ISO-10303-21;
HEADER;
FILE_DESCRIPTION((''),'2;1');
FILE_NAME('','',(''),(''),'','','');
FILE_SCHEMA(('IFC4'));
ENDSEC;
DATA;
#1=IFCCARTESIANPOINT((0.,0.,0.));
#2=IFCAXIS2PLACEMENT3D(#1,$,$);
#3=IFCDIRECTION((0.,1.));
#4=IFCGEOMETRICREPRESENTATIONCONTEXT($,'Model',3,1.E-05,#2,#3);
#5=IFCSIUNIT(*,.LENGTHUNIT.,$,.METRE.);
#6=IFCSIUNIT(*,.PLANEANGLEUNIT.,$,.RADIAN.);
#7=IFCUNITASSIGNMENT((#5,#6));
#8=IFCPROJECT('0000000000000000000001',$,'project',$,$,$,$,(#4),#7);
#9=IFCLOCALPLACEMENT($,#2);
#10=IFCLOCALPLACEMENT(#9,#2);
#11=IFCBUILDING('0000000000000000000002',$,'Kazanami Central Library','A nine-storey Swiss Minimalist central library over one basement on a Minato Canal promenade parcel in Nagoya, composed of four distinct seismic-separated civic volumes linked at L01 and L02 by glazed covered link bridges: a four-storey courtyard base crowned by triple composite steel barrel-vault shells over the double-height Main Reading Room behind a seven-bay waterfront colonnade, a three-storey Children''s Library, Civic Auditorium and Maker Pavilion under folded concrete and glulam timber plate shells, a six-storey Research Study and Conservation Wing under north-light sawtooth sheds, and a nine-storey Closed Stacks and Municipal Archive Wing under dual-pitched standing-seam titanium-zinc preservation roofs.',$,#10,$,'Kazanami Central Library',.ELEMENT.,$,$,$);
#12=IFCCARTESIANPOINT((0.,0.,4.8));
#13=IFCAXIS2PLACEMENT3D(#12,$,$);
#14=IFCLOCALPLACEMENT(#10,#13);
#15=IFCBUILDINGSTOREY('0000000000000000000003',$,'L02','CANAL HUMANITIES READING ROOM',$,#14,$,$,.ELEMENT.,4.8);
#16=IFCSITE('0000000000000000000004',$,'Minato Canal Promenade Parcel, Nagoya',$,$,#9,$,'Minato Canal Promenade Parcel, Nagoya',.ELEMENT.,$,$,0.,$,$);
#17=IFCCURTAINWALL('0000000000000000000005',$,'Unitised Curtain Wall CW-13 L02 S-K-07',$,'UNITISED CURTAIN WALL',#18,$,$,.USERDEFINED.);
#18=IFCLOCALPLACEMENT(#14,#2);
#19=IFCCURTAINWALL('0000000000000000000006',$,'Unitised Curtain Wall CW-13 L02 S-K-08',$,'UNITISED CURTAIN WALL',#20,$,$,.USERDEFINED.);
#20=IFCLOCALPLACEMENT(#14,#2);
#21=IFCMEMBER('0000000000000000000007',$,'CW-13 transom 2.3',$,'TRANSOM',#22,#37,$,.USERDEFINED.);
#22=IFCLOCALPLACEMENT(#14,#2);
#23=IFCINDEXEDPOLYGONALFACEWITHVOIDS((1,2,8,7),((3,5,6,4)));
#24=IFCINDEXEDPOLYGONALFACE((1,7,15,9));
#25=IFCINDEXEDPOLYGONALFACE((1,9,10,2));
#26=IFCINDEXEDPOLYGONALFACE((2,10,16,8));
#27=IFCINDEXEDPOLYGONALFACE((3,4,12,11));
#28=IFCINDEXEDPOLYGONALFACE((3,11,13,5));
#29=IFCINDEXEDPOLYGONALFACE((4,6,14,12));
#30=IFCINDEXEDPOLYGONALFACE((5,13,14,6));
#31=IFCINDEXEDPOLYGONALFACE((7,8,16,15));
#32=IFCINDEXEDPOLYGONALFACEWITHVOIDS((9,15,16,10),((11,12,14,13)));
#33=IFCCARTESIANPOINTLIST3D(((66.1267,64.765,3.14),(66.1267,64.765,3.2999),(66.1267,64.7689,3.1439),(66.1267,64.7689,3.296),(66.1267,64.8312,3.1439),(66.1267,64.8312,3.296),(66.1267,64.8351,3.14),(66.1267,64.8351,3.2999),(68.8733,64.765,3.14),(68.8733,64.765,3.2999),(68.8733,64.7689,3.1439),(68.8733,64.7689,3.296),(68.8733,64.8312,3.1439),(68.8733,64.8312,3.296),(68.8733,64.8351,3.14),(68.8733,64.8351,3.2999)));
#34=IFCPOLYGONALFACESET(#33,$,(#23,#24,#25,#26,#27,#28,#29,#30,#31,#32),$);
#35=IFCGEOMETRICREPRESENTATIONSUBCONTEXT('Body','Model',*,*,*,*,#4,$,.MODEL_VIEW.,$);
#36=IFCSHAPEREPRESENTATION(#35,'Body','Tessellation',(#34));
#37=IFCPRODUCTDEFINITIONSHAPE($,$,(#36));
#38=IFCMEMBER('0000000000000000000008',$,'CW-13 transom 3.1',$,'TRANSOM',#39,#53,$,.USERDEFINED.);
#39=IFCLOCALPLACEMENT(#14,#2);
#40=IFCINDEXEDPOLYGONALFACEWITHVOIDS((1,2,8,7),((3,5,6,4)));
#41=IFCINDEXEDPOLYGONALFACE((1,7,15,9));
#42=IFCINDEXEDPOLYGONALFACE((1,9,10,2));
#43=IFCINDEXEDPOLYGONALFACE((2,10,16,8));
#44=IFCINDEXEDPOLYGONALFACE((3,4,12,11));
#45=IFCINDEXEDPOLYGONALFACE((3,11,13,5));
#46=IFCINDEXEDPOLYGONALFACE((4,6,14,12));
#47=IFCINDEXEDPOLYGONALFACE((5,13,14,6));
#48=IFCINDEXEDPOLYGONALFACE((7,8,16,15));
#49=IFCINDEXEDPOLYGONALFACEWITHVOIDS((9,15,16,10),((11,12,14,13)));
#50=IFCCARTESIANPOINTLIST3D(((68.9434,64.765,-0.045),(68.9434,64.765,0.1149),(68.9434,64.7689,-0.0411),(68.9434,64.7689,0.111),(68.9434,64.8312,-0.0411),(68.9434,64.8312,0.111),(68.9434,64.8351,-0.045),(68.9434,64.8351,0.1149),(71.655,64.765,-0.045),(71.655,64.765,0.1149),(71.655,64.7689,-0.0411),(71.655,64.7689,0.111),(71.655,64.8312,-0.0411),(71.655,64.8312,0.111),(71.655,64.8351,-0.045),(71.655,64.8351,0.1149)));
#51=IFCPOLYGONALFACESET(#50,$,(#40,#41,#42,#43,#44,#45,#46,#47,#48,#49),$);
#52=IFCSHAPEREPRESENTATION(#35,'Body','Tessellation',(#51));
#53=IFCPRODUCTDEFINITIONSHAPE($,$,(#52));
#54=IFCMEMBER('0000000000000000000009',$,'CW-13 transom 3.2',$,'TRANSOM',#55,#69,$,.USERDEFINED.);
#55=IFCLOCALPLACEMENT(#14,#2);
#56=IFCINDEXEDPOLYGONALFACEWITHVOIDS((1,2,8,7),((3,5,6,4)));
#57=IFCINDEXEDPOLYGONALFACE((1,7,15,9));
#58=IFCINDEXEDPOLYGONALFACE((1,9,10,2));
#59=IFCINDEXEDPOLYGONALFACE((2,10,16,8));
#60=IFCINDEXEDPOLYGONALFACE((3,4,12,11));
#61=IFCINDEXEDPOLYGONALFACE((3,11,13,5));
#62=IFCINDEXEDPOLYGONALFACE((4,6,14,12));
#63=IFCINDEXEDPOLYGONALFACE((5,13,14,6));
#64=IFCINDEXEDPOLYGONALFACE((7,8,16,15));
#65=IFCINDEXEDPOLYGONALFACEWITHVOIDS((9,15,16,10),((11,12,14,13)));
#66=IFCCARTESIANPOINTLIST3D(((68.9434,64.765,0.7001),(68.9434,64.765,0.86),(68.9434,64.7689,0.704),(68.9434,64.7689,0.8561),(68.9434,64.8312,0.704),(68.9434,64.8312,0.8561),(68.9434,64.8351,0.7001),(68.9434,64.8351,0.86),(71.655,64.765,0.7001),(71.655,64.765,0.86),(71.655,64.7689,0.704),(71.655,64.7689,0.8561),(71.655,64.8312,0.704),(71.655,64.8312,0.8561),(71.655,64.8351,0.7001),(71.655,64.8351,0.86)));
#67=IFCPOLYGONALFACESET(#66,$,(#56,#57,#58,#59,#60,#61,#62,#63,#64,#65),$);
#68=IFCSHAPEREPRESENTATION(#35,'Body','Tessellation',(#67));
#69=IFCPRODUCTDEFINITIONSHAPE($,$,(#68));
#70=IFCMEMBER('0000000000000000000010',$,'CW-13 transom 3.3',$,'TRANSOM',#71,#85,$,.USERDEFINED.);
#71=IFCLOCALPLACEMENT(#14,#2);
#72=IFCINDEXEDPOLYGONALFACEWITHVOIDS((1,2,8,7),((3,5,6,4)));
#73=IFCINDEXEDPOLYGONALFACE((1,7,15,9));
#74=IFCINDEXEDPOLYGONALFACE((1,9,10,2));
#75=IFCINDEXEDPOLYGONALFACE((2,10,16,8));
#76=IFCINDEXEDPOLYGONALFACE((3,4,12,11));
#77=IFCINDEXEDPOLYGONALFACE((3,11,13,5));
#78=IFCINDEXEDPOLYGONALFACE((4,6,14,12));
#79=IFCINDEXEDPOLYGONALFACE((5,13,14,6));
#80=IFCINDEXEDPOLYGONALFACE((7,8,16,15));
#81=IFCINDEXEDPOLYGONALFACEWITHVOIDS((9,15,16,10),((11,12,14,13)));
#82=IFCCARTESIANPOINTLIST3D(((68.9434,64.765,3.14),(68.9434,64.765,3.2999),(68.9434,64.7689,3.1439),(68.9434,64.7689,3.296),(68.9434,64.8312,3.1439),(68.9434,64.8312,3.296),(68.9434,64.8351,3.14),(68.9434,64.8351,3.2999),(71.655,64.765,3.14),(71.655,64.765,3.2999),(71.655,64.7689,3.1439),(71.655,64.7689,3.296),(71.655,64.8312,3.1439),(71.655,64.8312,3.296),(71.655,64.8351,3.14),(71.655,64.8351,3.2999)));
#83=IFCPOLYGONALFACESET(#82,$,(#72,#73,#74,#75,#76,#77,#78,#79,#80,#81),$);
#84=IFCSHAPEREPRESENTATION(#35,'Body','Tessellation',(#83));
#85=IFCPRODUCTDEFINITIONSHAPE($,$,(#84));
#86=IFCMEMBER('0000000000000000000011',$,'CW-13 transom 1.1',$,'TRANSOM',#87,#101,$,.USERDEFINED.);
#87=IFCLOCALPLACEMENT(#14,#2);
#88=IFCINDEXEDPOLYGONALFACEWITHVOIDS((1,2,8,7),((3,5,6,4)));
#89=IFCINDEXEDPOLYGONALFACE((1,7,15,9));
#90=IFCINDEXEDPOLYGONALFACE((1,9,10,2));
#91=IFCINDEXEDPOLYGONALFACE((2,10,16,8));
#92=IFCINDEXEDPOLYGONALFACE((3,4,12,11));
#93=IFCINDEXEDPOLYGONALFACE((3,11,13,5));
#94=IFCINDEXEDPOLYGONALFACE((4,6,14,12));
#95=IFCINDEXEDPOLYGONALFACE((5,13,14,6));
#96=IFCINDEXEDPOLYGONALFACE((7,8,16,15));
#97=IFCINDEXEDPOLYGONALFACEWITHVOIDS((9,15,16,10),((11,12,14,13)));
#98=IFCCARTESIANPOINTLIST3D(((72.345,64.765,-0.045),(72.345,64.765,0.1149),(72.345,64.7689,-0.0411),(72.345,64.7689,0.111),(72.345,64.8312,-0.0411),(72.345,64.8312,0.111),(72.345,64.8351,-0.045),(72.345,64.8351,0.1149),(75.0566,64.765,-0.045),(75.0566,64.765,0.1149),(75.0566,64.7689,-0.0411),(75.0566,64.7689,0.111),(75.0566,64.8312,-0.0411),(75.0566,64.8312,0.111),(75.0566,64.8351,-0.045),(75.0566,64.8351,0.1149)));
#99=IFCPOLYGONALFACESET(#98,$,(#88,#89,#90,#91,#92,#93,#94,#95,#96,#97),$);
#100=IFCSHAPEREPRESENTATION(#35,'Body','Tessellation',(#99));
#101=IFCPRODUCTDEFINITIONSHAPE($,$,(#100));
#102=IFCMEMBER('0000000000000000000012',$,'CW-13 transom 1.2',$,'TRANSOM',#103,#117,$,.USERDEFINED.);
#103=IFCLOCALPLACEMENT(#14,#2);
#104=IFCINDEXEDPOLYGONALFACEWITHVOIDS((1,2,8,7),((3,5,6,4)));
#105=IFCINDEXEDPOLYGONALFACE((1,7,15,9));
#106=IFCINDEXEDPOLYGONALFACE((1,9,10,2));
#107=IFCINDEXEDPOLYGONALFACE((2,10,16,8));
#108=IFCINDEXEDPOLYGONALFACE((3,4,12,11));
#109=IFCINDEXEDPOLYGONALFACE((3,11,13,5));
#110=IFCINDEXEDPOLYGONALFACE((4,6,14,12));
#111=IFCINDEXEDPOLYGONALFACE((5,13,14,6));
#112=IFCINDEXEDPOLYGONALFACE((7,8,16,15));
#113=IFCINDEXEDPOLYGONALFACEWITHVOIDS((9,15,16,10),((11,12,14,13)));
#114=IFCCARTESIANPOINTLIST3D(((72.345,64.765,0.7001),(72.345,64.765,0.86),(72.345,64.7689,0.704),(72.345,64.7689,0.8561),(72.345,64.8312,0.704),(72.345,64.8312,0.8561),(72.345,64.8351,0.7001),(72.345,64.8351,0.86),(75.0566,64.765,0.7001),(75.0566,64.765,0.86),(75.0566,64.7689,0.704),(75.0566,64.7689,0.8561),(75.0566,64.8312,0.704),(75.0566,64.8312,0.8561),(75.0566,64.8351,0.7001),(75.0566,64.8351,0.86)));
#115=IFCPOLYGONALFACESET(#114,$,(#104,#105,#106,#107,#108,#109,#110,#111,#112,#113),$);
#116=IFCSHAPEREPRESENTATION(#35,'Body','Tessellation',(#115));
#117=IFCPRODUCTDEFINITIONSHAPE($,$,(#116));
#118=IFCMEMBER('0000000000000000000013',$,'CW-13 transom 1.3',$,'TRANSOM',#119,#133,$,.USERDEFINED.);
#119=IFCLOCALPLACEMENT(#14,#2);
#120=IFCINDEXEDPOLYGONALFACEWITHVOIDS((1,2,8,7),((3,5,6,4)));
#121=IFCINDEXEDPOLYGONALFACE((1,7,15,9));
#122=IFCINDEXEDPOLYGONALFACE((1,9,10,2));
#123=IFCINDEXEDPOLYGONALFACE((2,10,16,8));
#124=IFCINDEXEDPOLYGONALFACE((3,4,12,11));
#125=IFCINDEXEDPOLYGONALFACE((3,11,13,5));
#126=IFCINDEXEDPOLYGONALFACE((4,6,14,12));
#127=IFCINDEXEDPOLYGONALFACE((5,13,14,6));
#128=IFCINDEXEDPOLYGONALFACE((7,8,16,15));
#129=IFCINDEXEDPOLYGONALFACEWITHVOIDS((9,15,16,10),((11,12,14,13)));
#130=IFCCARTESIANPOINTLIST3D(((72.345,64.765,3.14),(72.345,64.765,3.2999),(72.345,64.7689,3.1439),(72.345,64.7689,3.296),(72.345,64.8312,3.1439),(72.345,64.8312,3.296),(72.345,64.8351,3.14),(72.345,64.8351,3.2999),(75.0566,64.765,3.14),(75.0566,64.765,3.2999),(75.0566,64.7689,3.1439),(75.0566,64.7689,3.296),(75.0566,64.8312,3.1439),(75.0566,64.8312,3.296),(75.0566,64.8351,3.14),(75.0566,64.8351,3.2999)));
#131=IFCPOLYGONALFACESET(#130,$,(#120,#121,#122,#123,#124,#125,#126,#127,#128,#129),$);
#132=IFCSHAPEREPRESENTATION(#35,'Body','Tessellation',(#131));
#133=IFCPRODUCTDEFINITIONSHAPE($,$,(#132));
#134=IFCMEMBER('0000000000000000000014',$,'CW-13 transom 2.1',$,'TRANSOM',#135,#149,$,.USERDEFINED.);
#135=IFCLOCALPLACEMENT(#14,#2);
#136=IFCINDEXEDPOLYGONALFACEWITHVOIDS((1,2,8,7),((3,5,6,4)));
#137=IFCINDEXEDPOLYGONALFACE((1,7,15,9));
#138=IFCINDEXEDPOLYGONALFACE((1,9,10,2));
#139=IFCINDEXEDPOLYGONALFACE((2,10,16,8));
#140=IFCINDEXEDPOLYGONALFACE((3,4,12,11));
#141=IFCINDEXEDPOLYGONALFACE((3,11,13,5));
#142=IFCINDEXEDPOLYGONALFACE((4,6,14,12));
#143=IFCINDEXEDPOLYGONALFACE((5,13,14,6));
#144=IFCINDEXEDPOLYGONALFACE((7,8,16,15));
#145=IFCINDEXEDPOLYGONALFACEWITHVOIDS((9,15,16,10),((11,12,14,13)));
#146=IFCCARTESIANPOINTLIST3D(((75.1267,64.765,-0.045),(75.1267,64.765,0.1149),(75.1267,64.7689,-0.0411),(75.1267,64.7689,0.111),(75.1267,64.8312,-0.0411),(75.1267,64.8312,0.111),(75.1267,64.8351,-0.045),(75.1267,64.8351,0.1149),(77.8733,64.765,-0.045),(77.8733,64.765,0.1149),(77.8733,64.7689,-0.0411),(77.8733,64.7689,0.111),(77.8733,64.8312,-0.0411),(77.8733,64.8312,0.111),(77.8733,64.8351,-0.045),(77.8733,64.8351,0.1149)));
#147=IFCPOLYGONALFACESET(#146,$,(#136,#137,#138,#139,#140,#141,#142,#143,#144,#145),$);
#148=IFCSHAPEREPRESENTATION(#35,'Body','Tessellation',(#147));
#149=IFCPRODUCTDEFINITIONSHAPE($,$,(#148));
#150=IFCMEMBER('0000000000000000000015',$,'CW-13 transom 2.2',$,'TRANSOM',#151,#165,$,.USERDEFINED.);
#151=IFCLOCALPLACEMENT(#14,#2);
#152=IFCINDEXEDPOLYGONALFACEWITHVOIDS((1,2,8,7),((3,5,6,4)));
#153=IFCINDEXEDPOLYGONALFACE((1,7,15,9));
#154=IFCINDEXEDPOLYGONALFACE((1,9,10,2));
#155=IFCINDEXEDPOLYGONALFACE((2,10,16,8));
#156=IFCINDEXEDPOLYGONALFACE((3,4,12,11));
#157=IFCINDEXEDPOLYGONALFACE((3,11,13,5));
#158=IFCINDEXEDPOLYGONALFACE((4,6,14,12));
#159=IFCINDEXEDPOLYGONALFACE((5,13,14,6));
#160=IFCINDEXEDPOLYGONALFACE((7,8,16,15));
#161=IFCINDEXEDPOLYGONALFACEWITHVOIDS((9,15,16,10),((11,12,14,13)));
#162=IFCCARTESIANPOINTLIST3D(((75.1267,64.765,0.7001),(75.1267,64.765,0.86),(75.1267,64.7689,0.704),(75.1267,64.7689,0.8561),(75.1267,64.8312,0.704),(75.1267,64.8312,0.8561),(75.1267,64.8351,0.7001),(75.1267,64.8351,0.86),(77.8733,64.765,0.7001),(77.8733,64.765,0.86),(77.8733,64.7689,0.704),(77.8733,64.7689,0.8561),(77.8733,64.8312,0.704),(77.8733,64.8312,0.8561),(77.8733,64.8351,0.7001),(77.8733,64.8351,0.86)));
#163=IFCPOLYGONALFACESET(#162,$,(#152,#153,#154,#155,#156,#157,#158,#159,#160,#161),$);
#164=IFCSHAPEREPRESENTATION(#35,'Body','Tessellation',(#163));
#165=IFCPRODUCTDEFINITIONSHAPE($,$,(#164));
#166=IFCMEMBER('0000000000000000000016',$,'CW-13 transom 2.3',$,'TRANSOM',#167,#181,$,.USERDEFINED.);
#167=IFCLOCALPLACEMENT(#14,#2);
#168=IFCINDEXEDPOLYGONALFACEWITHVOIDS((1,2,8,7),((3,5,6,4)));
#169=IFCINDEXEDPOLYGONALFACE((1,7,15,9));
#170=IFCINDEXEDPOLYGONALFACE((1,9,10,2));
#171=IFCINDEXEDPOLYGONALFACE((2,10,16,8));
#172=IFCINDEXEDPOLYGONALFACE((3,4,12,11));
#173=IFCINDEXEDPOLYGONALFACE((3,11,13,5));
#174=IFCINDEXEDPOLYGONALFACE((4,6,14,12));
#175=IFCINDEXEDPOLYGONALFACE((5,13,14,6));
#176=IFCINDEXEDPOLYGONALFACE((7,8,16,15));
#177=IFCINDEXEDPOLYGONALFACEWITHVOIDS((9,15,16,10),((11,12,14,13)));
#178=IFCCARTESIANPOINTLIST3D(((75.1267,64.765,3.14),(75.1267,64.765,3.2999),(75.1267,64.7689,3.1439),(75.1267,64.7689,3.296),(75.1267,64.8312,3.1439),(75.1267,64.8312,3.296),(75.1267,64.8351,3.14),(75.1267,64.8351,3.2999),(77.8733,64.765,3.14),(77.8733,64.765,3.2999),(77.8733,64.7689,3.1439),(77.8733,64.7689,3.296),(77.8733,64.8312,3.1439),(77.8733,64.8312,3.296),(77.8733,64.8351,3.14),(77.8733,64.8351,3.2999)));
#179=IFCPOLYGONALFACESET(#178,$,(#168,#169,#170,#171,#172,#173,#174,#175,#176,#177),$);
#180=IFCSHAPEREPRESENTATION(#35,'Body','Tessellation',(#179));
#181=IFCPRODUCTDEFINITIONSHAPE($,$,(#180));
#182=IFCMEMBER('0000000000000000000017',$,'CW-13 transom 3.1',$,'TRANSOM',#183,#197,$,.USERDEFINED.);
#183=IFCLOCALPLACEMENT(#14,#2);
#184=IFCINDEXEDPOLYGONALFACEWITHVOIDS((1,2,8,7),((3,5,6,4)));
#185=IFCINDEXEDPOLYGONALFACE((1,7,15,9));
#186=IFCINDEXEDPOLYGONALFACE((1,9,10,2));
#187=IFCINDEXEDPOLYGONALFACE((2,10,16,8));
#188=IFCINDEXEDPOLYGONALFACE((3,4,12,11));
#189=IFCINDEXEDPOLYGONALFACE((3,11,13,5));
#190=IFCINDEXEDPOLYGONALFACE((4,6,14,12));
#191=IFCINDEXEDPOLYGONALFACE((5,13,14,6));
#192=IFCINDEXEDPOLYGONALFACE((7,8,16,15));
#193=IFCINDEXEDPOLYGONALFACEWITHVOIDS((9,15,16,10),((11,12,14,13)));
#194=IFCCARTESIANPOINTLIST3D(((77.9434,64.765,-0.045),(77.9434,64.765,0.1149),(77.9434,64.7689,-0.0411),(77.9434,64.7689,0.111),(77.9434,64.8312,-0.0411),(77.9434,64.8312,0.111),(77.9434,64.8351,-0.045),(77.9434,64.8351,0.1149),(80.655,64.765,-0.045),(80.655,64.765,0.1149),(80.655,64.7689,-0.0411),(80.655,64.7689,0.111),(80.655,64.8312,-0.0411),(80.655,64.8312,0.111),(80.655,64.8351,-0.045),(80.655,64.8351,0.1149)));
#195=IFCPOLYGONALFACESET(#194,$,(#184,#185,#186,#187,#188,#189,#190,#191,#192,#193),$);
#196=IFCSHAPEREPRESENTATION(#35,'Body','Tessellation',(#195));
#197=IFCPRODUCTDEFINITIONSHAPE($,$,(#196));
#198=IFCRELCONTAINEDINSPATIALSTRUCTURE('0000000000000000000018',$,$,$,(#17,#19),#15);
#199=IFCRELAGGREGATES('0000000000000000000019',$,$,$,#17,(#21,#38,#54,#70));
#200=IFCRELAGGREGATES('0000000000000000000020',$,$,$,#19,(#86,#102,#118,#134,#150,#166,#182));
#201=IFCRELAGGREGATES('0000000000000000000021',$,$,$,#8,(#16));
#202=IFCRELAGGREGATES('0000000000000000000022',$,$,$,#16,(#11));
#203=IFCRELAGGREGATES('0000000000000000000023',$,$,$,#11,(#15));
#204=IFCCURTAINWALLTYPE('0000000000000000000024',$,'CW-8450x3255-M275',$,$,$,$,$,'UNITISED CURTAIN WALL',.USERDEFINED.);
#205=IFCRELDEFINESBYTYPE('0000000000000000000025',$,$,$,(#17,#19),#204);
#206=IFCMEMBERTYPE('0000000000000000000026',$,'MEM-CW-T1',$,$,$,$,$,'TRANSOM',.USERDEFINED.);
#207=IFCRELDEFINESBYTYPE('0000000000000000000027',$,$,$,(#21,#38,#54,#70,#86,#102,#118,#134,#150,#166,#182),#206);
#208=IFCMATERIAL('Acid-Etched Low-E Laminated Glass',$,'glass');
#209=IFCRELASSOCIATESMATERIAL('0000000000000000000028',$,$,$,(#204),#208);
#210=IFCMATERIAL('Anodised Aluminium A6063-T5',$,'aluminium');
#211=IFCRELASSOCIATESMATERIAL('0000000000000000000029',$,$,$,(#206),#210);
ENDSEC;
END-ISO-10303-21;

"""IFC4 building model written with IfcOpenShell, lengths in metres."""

from ifc_helpers import new_model, si_unit, direction, frame, origin, origin_2d, place, context, subcontext, project, spatial, hollow_rectangle, extrude, material, material_profile, profile_set, type_object, element, aggregate, save


model = new_model("IFC4")

# Units and contexts
model_context = context("Model", 3, precision=1e-05, world=origin(), true_north=direction((0.0, 1.0)))
body_context = subcontext(model_context, "Body", "Model", "MODEL_VIEW")
ifc_project = project(units=[si_unit("LENGTHUNIT", "METRE"), si_unit("PLANEANGLEUNIT", "RADIAN")], contexts=[model_context])

# Site, building, storey
site_placement = place(None, origin())
site = spatial("IfcSite", under=ifc_project, at=site_placement, Name="Minato Canal Promenade Parcel, Nagoya", LongName="Minato Canal Promenade Parcel, Nagoya", CompositionType="ELEMENT", RefElevation=0.0)
building_placement = place(site_placement, origin())
building = spatial("IfcBuilding", under=site, at=building_placement, Name="Kazanami Central Library", Description="A nine-storey Swiss Minimalist central library over one basement on a Minato Canal promenade parcel in Nagoya, composed of four distinct seismic-separated civic volumes linked at L01 and L02 by glazed covered link bridges: a four-storey courtyard base crowned by triple composite steel barrel-vault shells over the double-height Main Reading Room behind a seven-bay waterfront colonnade, a three-storey Children's Library, Civic Auditorium and Maker Pavilion under folded concrete and glulam timber plate shells, a six-storey Research Study and Conservation Wing under north-light sawtooth sheds, and a nine-storey Closed Stacks and Municipal Archive Wing under dual-pitched standing-seam titanium-zinc preservation roofs.", LongName="Kazanami Central Library", CompositionType="ELEMENT")
storey_placement = place(building_placement, frame((0.0, 0.0, 4.8)))
storey = spatial("IfcBuildingStorey", under=building, at=storey_placement, Name="L02", Description="CANAL HUMANITIES READING ROOM", CompositionType="ELEMENT", Elevation=4.8)

# Curtain walls
ifc_material_1 = material(Name="Acid-Etched Low-E Laminated Glass", Category="glass")
curtain_wall_type = type_object("IfcCurtainWallType", Name="CW-8450x3255-M275", ElementType="UNITISED CURTAIN WALL", PredefinedType="USERDEFINED", material=ifc_material_1)
curtain_wall_1_placement = place(storey_placement, origin())
curtain_wall_1 = element("IfcCurtainWall", 1, at=curtain_wall_1_placement, inside=storey, type_object=curtain_wall_type, Name="Unitised Curtain Wall CW-13 L02 S-K-07", ObjectType="UNITISED CURTAIN WALL", PredefinedType="USERDEFINED")
ifc_material_2 = material(Name="Anodised Aluminium A6063-T5", Category="aluminium")
curtain_wall_2_placement = place(storey_placement, origin())
curtain_wall_2 = element("IfcCurtainWall", 2, at=curtain_wall_2_placement, inside=storey, type_object=curtain_wall_type, Name="Unitised Curtain Wall CW-13 L02 S-K-08", ObjectType="UNITISED CURTAIN WALL", PredefinedType="USERDEFINED")

# Members
ifc_material_profile_1 = material_profile(ifc_material_2, hollow_rectangle(XDim=0.0701, YDim=0.1599, WallThickness=0.0039, at=origin_2d()), Name="ALU-TRAN-70x160x4")
ifc_profile_set_1 = profile_set([ifc_material_profile_1], Name="Anodised Aluminium A6063-T5")
member_type_1 = type_object("IfcMemberType", Name="MEM-CW-T1", ElementType="TRANSOM", PredefinedType="USERDEFINED", material=ifc_profile_set_1)
member_1_placement = place(storey_placement, frame((66.1267, 64.8, 3.22), z_axis=(1.0, 0.0, 0.0), x_axis=(0.0, 1.0, 0.0)))
member_1 = element("IfcMember", 3, at=member_1_placement, type_object=member_type_1, Name="CW-13 transom 2.3", ObjectType="TRANSOM", PredefinedType="USERDEFINED", context=body_context, shape_type="SweptSolid", body=[
    extrude(hollow_rectangle(XDim=0.0701, YDim=0.1599, WallThickness=0.0039, at=origin_2d()), origin(), (0.0, 0.0, 1.0), 2.7466),
])
member_2_placement = place(storey_placement, frame((68.9434, 64.8, 0.0349), z_axis=(1.0, 0.0, 0.0), x_axis=(0.0, 1.0, 0.0)))
member_2 = element("IfcMember", 4, at=member_2_placement, type_object=member_type_1, Name="CW-13 transom 3.1", ObjectType="TRANSOM", PredefinedType="USERDEFINED", context=body_context, shape_type="SweptSolid", body=[
    extrude(hollow_rectangle(XDim=0.0701, YDim=0.1599, WallThickness=0.0039, at=origin_2d()), origin(), (0.0, 0.0, 1.0), 2.7117),
])
member_3_placement = place(storey_placement, frame((68.9434, 64.8, 0.78), z_axis=(1.0, 0.0, 0.0), x_axis=(0.0, 1.0, 0.0)))
member_3 = element("IfcMember", 5, at=member_3_placement, type_object=member_type_1, Name="CW-13 transom 3.2", ObjectType="TRANSOM", PredefinedType="USERDEFINED", context=body_context, shape_type="SweptSolid", body=[
    extrude(hollow_rectangle(XDim=0.0701, YDim=0.1599, WallThickness=0.0039, at=origin_2d()), origin(), (0.0, 0.0, 1.0), 2.7117),
])
member_4_placement = place(storey_placement, frame((68.9434, 64.8, 3.22), z_axis=(1.0, 0.0, 0.0), x_axis=(0.0, 1.0, 0.0)))
member_4 = element("IfcMember", 6, at=member_4_placement, type_object=member_type_1, Name="CW-13 transom 3.3", ObjectType="TRANSOM", PredefinedType="USERDEFINED", context=body_context, shape_type="SweptSolid", body=[
    extrude(hollow_rectangle(XDim=0.0701, YDim=0.1599, WallThickness=0.0039, at=origin_2d()), origin(), (0.0, 0.0, 1.0), 2.7117),
])
member_5_placement = place(storey_placement, frame((72.345, 64.8, 0.0349), z_axis=(1.0, 0.0, 0.0), x_axis=(0.0, 1.0, 0.0)))
member_5 = element("IfcMember", 7, at=member_5_placement, type_object=member_type_1, Name="CW-13 transom 1.1", ObjectType="TRANSOM", PredefinedType="USERDEFINED", context=body_context, shape_type="SweptSolid", body=[
    extrude(hollow_rectangle(XDim=0.0701, YDim=0.1599, WallThickness=0.0039, at=origin_2d()), origin(), (0.0, 0.0, 1.0), 2.7117),
])
member_6_placement = place(storey_placement, frame((72.345, 64.8, 0.78), z_axis=(1.0, 0.0, 0.0), x_axis=(0.0, 1.0, 0.0)))
member_6 = element("IfcMember", 8, at=member_6_placement, type_object=member_type_1, Name="CW-13 transom 1.2", ObjectType="TRANSOM", PredefinedType="USERDEFINED", context=body_context, shape_type="SweptSolid", body=[
    extrude(hollow_rectangle(XDim=0.0701, YDim=0.1599, WallThickness=0.0039, at=origin_2d()), origin(), (0.0, 0.0, 1.0), 2.7117),
])
member_7_placement = place(storey_placement, frame((72.345, 64.8, 3.22), z_axis=(1.0, 0.0, 0.0), x_axis=(0.0, 1.0, 0.0)))
member_7 = element("IfcMember", 9, at=member_7_placement, type_object=member_type_1, Name="CW-13 transom 1.3", ObjectType="TRANSOM", PredefinedType="USERDEFINED", context=body_context, shape_type="SweptSolid", body=[
    extrude(hollow_rectangle(XDim=0.0701, YDim=0.1599, WallThickness=0.0039, at=origin_2d()), origin(), (0.0, 0.0, 1.0), 2.7117),
])
member_8_placement = place(storey_placement, frame((75.1267, 64.8, 0.0349), z_axis=(1.0, 0.0, 0.0), x_axis=(0.0, 1.0, 0.0)))
member_8 = element("IfcMember", 10, at=member_8_placement, type_object=member_type_1, Name="CW-13 transom 2.1", ObjectType="TRANSOM", PredefinedType="USERDEFINED", context=body_context, shape_type="SweptSolid", body=[
    extrude(hollow_rectangle(XDim=0.0701, YDim=0.1599, WallThickness=0.0039, at=origin_2d()), origin(), (0.0, 0.0, 1.0), 2.7466),
])
member_9_placement = place(storey_placement, frame((75.1267, 64.8, 0.78), z_axis=(1.0, 0.0, 0.0), x_axis=(0.0, 1.0, 0.0)))
member_9 = element("IfcMember", 11, at=member_9_placement, type_object=member_type_1, Name="CW-13 transom 2.2", ObjectType="TRANSOM", PredefinedType="USERDEFINED", context=body_context, shape_type="SweptSolid", body=[
    extrude(hollow_rectangle(XDim=0.0701, YDim=0.1599, WallThickness=0.0039, at=origin_2d()), origin(), (0.0, 0.0, 1.0), 2.7466),
])
member_10_placement = place(storey_placement, frame((75.1267, 64.8, 3.22), z_axis=(1.0, 0.0, 0.0), x_axis=(0.0, 1.0, 0.0)))
member_10 = element("IfcMember", 12, at=member_10_placement, type_object=member_type_1, Name="CW-13 transom 2.3", ObjectType="TRANSOM", PredefinedType="USERDEFINED", context=body_context, shape_type="SweptSolid", body=[
    extrude(hollow_rectangle(XDim=0.0701, YDim=0.1599, WallThickness=0.0039, at=origin_2d()), origin(), (0.0, 0.0, 1.0), 2.7466),
])
member_11_placement = place(storey_placement, frame((77.9434, 64.8, 0.0349), z_axis=(1.0, 0.0, 0.0), x_axis=(0.0, 1.0, 0.0)))
member_11 = element("IfcMember", 13, at=member_11_placement, type_object=member_type_1, Name="CW-13 transom 3.1", ObjectType="TRANSOM", PredefinedType="USERDEFINED", context=body_context, shape_type="SweptSolid", body=[
    extrude(hollow_rectangle(XDim=0.0701, YDim=0.1599, WallThickness=0.0039, at=origin_2d()), origin(), (0.0, 0.0, 1.0), 2.7117),
])

aggregate(curtain_wall_1, [member_1, member_2, member_3, member_4])
aggregate(curtain_wall_2, [member_5, member_6, member_7, member_8, member_9, member_10, member_11])

save(model, "model.ifc")
